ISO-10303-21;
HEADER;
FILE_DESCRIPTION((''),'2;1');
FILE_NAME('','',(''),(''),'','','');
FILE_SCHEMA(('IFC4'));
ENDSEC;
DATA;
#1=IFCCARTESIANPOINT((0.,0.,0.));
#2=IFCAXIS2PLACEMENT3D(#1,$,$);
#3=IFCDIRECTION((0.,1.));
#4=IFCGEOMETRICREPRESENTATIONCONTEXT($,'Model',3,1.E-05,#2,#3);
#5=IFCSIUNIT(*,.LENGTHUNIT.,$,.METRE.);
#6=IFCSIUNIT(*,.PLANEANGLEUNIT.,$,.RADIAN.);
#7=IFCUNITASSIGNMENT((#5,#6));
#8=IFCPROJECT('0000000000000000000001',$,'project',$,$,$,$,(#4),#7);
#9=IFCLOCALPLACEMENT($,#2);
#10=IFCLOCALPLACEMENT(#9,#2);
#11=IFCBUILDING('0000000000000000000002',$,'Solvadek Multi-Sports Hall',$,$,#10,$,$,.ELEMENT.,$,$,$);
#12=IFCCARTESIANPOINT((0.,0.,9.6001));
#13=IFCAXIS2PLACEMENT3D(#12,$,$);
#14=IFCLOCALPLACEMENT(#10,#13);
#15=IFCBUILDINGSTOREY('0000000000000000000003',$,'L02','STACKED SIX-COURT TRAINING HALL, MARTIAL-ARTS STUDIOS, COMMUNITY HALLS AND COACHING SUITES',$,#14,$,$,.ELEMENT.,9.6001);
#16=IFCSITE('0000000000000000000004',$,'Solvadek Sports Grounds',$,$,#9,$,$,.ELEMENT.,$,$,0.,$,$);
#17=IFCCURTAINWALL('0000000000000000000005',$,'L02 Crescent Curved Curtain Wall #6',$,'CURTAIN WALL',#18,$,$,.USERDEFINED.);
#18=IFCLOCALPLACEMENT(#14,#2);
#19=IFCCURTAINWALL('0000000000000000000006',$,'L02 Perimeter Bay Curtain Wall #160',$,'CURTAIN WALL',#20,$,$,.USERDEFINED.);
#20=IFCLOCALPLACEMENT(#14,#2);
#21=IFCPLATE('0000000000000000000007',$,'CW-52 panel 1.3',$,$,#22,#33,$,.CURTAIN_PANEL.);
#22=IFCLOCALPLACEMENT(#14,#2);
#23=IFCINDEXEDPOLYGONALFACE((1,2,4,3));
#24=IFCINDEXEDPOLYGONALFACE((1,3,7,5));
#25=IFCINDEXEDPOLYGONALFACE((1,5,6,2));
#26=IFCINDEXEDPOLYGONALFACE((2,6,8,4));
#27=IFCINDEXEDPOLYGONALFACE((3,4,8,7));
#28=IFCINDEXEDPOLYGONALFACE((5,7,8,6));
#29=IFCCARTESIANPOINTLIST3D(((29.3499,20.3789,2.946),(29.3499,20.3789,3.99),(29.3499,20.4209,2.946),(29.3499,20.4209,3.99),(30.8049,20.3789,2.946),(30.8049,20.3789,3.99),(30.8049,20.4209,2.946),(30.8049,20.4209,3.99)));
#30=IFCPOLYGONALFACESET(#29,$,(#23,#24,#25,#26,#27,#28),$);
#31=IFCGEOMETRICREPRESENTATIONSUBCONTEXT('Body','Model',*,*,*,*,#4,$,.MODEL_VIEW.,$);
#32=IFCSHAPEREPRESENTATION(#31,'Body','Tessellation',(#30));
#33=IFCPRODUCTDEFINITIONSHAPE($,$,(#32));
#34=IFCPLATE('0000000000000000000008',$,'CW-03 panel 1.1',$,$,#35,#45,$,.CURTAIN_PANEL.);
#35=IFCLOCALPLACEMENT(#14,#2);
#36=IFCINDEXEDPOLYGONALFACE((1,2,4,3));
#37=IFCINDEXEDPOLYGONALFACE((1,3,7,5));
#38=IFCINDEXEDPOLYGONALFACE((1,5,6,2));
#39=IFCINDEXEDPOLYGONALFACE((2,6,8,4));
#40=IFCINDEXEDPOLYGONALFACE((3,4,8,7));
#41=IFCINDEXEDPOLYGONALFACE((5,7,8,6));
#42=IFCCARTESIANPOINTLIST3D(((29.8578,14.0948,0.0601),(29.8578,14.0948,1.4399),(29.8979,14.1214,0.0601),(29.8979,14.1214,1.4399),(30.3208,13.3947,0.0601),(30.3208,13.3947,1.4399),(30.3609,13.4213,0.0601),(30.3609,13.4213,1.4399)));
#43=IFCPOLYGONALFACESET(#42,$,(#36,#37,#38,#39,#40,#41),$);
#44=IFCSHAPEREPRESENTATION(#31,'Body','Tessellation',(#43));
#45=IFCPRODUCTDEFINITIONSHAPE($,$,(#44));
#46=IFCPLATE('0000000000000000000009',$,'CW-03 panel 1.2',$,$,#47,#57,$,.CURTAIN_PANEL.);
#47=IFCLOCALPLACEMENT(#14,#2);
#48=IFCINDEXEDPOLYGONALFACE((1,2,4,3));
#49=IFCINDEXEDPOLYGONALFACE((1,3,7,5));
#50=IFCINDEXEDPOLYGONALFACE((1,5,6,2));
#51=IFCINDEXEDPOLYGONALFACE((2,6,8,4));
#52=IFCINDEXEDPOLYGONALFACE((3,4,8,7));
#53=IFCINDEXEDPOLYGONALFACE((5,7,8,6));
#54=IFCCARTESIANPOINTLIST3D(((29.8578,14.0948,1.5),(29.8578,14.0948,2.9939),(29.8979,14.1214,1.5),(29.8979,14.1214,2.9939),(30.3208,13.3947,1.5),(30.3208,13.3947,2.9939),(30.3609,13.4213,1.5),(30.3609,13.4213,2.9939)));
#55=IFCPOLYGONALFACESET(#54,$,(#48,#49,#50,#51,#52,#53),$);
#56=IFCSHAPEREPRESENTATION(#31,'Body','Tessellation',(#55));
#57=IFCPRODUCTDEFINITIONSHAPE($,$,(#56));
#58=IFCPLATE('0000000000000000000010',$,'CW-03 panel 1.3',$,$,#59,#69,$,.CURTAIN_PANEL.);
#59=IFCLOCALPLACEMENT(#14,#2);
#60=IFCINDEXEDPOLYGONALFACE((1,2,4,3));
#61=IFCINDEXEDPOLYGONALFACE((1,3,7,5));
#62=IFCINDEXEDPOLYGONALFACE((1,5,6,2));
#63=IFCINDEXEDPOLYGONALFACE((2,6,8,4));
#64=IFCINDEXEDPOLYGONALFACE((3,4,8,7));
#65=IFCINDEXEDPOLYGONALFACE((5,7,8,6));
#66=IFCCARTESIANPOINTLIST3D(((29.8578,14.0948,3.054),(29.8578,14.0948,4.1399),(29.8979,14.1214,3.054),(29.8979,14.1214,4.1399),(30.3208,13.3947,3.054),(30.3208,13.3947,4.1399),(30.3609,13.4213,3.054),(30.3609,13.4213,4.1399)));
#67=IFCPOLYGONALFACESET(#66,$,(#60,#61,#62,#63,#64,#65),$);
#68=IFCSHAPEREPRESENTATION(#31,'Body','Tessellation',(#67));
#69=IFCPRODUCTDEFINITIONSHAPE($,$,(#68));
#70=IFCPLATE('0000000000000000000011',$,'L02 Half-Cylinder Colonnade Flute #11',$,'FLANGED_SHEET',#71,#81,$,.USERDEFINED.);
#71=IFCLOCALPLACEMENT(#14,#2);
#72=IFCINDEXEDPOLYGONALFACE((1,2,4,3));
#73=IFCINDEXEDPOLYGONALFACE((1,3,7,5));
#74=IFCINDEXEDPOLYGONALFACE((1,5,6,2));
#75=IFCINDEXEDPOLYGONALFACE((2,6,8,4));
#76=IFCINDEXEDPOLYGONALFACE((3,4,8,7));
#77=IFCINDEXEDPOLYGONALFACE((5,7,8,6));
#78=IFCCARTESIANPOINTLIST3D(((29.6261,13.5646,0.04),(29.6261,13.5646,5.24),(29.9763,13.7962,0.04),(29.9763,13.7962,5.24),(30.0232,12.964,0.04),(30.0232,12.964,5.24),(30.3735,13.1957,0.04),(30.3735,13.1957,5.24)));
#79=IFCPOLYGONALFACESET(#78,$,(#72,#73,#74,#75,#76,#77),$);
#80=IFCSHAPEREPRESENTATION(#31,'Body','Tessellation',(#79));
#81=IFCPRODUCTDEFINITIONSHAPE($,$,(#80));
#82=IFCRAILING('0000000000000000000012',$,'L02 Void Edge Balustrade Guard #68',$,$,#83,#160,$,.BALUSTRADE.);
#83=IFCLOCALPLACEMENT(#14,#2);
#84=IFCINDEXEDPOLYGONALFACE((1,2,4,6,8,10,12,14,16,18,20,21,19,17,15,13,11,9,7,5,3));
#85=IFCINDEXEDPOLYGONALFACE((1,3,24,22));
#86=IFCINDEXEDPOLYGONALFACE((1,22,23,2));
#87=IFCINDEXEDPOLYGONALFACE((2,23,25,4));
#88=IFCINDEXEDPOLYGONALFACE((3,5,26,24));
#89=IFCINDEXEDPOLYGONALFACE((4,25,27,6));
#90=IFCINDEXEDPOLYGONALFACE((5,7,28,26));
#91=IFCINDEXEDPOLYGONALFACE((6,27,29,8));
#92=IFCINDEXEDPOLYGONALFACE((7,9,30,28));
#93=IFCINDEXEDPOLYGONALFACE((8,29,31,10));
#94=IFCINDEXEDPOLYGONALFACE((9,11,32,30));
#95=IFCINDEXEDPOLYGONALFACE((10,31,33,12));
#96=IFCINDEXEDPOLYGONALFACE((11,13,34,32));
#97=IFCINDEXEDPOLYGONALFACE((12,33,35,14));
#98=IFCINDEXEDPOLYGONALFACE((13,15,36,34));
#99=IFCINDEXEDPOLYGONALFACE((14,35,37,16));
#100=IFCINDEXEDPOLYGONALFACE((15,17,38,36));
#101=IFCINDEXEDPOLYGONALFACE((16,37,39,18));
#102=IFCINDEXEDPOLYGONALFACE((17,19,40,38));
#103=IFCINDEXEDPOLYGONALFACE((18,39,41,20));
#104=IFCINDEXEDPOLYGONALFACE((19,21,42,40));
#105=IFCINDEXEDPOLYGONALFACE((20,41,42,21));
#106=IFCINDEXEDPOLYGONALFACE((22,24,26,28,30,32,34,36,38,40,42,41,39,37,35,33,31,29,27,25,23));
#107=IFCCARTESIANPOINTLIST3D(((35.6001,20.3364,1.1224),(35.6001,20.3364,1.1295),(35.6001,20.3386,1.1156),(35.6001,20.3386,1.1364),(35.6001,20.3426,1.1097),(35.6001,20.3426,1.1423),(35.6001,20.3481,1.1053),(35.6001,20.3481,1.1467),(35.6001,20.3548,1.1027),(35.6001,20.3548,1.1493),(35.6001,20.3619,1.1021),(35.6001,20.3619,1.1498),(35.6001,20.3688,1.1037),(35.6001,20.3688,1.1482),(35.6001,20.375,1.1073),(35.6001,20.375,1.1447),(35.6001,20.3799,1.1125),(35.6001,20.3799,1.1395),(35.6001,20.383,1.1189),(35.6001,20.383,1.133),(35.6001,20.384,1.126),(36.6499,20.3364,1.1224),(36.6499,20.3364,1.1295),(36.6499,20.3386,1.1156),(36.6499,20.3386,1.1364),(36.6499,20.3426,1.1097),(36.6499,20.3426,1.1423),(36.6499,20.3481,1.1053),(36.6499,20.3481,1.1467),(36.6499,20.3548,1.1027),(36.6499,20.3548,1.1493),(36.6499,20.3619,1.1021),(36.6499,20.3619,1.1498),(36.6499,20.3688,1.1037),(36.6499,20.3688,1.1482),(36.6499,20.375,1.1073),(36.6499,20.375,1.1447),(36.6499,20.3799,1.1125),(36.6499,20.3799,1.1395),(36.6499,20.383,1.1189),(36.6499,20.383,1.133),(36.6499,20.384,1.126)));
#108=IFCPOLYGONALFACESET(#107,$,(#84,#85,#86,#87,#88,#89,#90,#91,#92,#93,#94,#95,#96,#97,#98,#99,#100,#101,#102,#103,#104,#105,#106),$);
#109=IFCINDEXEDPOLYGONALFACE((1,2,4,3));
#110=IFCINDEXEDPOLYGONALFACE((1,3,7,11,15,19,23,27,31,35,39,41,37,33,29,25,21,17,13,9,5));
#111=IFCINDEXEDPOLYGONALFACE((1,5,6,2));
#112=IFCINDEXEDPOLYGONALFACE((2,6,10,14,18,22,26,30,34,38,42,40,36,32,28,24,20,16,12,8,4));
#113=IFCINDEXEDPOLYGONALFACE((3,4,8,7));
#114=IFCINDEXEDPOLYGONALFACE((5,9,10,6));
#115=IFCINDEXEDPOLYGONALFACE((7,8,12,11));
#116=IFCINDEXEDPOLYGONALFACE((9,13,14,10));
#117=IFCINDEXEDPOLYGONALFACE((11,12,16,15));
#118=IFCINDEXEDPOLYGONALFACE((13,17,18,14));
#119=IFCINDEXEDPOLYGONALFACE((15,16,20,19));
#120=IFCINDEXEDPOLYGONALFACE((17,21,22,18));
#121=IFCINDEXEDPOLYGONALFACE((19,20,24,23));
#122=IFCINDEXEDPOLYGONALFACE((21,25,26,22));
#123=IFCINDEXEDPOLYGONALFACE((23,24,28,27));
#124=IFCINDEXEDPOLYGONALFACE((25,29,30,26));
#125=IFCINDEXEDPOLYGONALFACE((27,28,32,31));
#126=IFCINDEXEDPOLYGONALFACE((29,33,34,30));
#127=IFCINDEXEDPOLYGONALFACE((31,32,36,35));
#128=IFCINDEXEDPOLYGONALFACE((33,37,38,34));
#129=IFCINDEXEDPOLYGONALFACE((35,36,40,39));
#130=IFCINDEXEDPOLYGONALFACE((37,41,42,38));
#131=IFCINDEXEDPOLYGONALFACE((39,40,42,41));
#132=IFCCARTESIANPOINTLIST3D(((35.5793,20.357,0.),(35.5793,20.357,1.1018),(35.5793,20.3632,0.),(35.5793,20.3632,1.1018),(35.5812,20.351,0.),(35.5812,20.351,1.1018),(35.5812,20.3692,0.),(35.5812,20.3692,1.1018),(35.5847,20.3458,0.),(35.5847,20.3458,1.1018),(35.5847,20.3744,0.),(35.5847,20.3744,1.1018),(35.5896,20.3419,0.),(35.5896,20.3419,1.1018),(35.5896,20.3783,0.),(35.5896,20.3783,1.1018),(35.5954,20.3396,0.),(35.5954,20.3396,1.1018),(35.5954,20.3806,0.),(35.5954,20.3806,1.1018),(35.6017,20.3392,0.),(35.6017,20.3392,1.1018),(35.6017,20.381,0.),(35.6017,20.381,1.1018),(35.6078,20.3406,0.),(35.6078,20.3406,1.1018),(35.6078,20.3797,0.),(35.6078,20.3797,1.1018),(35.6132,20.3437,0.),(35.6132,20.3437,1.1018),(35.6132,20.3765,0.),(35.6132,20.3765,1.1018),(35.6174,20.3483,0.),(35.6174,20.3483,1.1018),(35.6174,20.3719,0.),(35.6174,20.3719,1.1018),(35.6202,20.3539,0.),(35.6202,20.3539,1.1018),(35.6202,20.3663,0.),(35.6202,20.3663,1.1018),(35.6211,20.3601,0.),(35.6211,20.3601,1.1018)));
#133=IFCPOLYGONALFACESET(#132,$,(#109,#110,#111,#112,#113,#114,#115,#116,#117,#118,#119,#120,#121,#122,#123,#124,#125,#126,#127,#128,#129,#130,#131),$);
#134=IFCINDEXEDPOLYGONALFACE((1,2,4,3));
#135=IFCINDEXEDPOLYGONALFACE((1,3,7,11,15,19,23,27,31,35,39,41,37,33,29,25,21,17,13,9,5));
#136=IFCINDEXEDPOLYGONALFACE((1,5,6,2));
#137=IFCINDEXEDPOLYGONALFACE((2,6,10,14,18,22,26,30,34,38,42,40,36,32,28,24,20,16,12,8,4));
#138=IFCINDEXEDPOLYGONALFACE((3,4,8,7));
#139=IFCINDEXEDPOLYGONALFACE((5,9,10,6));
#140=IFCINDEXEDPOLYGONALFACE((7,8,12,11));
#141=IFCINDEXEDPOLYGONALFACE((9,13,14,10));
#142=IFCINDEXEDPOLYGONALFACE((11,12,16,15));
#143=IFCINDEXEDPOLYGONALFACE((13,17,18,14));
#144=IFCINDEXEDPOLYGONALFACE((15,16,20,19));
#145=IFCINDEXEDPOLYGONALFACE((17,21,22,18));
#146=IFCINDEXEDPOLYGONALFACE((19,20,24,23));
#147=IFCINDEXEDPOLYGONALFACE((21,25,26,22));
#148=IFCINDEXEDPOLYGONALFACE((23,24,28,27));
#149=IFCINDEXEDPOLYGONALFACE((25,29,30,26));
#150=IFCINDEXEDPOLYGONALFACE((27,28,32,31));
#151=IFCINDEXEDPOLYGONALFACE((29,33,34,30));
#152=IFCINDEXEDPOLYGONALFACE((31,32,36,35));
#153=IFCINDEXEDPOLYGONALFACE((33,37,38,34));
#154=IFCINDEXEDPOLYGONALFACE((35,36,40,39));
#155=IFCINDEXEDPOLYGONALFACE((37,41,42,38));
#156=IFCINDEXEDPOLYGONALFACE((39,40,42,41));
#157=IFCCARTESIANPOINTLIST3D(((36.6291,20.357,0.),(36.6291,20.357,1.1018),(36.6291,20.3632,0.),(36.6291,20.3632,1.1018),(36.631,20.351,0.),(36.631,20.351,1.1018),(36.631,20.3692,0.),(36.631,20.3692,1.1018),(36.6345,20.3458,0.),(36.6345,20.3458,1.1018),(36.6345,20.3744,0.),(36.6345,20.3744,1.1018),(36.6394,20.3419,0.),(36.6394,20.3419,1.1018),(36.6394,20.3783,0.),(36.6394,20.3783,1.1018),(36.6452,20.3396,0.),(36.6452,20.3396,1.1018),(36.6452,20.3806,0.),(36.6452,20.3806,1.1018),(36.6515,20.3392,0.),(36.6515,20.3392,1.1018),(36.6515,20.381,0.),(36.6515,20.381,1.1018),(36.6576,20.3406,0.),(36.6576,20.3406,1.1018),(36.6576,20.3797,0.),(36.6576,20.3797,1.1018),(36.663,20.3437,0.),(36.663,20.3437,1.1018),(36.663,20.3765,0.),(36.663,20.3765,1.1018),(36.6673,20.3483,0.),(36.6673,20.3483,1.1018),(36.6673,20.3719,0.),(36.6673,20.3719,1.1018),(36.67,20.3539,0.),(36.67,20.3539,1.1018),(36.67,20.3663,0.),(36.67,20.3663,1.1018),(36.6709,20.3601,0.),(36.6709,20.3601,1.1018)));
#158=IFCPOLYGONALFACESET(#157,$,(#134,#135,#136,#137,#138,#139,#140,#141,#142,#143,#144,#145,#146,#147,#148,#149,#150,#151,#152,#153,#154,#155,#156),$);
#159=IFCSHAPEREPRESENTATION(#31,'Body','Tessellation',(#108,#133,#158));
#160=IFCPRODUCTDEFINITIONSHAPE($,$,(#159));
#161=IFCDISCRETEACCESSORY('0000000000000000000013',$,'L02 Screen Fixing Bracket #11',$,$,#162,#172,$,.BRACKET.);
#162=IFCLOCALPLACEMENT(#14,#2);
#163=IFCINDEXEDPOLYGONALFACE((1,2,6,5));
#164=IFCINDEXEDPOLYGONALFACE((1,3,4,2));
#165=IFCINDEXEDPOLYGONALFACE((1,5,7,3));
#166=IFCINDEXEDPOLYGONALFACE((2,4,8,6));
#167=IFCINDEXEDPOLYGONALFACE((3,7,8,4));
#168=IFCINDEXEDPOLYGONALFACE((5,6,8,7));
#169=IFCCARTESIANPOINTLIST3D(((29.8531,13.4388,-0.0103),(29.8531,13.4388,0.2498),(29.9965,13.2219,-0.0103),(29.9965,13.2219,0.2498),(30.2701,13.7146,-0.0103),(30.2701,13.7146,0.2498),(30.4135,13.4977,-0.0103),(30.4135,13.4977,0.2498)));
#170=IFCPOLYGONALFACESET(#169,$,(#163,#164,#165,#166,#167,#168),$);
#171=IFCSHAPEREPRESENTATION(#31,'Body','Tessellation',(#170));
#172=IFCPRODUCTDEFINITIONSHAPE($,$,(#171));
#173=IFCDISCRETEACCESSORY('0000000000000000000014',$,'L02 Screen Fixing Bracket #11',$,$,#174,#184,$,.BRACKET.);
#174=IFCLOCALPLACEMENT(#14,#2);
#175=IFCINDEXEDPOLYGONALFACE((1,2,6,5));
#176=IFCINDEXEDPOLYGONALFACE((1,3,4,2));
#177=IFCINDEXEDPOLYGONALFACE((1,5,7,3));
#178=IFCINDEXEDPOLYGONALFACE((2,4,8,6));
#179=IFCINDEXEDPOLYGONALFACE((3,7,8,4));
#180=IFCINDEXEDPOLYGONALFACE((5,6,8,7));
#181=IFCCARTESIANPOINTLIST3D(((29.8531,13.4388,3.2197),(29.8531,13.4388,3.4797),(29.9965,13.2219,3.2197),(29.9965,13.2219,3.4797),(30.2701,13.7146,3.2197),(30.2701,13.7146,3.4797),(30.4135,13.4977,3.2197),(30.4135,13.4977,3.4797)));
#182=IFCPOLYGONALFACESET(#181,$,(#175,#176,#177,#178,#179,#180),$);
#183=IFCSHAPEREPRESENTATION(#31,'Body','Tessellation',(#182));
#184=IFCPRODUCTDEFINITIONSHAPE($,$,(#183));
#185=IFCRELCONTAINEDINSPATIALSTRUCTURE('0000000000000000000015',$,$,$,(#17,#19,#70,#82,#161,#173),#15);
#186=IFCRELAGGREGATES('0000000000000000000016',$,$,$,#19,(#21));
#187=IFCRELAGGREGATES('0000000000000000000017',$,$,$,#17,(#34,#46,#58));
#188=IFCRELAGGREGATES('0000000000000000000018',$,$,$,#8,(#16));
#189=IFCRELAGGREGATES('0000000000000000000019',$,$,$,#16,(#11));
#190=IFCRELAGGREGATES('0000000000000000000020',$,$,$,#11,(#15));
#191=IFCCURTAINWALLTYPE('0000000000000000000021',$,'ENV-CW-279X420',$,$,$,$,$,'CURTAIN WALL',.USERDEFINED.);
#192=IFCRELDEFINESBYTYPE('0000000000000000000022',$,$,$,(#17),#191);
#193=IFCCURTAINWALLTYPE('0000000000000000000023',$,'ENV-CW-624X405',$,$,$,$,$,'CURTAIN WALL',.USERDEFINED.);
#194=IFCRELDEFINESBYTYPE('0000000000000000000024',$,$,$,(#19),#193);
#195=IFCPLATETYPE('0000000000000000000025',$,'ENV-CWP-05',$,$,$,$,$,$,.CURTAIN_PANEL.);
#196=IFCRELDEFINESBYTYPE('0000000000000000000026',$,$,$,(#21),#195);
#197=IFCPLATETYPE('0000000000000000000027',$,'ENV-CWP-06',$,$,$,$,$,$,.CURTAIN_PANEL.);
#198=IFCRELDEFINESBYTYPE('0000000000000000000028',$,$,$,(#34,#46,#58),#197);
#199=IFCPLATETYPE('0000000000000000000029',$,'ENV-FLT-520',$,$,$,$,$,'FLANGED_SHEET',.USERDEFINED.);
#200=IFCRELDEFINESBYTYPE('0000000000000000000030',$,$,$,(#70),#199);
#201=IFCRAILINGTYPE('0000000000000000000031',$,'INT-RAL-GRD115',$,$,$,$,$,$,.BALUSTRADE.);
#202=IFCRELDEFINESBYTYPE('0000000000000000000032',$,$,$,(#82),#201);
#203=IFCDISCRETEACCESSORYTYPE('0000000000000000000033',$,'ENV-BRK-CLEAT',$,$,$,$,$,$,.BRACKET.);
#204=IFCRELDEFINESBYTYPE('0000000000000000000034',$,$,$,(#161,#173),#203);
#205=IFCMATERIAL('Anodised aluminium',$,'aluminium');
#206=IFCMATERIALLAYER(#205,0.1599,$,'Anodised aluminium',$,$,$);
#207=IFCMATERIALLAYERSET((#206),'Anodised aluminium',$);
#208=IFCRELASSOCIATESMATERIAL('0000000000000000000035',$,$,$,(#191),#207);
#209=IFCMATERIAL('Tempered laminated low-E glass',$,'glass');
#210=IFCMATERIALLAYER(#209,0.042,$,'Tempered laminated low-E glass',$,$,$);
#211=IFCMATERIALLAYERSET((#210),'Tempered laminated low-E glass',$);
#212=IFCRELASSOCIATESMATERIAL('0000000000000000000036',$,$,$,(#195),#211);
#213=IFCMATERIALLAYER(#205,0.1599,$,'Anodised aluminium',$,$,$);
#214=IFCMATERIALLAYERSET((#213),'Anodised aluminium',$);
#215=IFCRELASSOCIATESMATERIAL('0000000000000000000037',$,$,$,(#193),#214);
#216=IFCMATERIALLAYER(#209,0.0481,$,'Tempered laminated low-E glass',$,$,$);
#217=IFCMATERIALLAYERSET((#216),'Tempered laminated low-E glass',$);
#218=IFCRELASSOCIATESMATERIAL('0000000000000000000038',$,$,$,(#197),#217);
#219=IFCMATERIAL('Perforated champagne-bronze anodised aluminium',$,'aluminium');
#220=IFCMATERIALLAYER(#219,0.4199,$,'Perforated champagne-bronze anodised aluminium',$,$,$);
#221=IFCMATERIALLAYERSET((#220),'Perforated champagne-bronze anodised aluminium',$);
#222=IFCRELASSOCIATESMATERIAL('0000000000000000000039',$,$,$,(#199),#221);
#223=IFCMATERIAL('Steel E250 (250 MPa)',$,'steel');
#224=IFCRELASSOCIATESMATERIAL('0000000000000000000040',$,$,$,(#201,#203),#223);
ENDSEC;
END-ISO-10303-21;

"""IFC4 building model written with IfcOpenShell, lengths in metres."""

from ifc_helpers import new_model, si_unit, direction, frame, origin, origin_2d, place, context, subcontext, project, spatial, rectangle, circle, extrude, material, layer, layer_set, type_object, element, aggregate, save


model = new_model("IFC4")

# Units and contexts
model_context = context("Model", 3, precision=1e-05, world=origin(), true_north=direction((0.0, 1.0)))
body_context = subcontext(model_context, "Body", "Model", "MODEL_VIEW")
ifc_project = project(units=[si_unit("LENGTHUNIT", "METRE"), si_unit("PLANEANGLEUNIT", "RADIAN")], contexts=[model_context])

# Site, building, storey
site_placement = place(None, origin())
site = spatial("IfcSite", under=ifc_project, at=site_placement, Name="Solvadek Sports Grounds", CompositionType="ELEMENT", RefElevation=0.0)
building_placement = place(site_placement, origin())
building = spatial("IfcBuilding", under=site, at=building_placement, Name="Solvadek Multi-Sports Hall", CompositionType="ELEMENT")
storey_placement = place(building_placement, frame((0.0, 0.0, 9.6001)))
storey = spatial("IfcBuildingStorey", under=building, at=storey_placement, Name="L02", Description="STACKED SIX-COURT TRAINING HALL, MARTIAL-ARTS STUDIOS, COMMUNITY HALLS AND COACHING SUITES", CompositionType="ELEMENT", Elevation=9.6001)

# Curtain wall
ifc_material_1 = material(Name="Anodised aluminium", Category="aluminium")
ifc_layer_1 = layer(ifc_material_1, 0.1599, Name="Anodised aluminium")
ifc_layer_set_1 = layer_set([ifc_layer_1], Name="Anodised aluminium")
curtain_wall_type_1 = type_object("IfcCurtainWallType", Name="ENV-CW-279X420", ElementType="CURTAIN WALL", PredefinedType="USERDEFINED", material=ifc_layer_set_1)
curtain_wall_1_placement = place(storey_placement, origin())
curtain_wall_1 = element("IfcCurtainWall", 1, at=curtain_wall_1_placement, inside=storey, type_object=curtain_wall_type_1, Name="L02 Crescent Curved Curtain Wall #6", ObjectType="CURTAIN WALL", PredefinedType="USERDEFINED")

# Shared definitions
ifc_material_2 = material(Name="Tempered laminated low-E glass", Category="glass")
ifc_layer_2 = layer(ifc_material_2, 0.042, Name="Tempered laminated low-E glass")
ifc_layer_set_2 = layer_set([ifc_layer_2], Name="Tempered laminated low-E glass")
plate_type_1 = type_object("IfcPlateType", Name="ENV-CWP-05", PredefinedType="CURTAIN_PANEL", material=ifc_layer_set_2)

# Curtain wall, plate
ifc_layer_3 = layer(ifc_material_1, 0.1599, Name="Anodised aluminium")
ifc_layer_set_3 = layer_set([ifc_layer_3], Name="Anodised aluminium")
curtain_wall_type_2 = type_object("IfcCurtainWallType", Name="ENV-CW-624X405", ElementType="CURTAIN WALL", PredefinedType="USERDEFINED", material=ifc_layer_set_3)
curtain_wall_2_placement = place(storey_placement, origin())
curtain_wall_2 = element("IfcCurtainWall", 2, at=curtain_wall_2_placement, inside=storey, type_object=curtain_wall_type_2, Name="L02 Perimeter Bay Curtain Wall #160", ObjectType="CURTAIN WALL", PredefinedType="USERDEFINED")
plate_1_placement = place(storey_placement, frame((30.0774, 20.3999, 2.946), z_axis=(0.0, 0.0, 1.0), x_axis=(1.0, 0.0, 0.0)))
plate_1 = element("IfcPlate", 3, at=plate_1_placement, type_object=plate_type_1, Name="CW-52 panel 1.3", PredefinedType="CURTAIN_PANEL", context=body_context, shape_type="SweptSolid", body=[
    extrude(rectangle(XDim=1.4551, YDim=0.042, at=origin_2d()), origin(), (0.0, 0.0, 1.0), 1.0439),
])
aggregate(curtain_wall_2, [plate_1])

# Plates
ifc_layer_4 = layer(ifc_material_2, 0.0481, Name="Tempered laminated low-E glass")
ifc_layer_set_4 = layer_set([ifc_layer_4], Name="Tempered laminated low-E glass")
plate_type_2 = type_object("IfcPlateType", Name="ENV-CWP-06", PredefinedType="CURTAIN_PANEL", material=ifc_layer_set_4)
plate_2_placement = place(storey_placement, frame((30.1094, 13.7581, 0.0601), z_axis=(0.0, 0.0, 1.0), x_axis=(0.551617, -0.834097, 0.0)))
plate_2 = element("IfcPlate", 4, at=plate_2_placement, type_object=plate_type_2, Name="CW-03 panel 1.1", PredefinedType="CURTAIN_PANEL", context=body_context, shape_type="SweptSolid", body=[
    extrude(rectangle(XDim=0.8394, YDim=0.0481, at=origin_2d()), origin(), (0.0, 0.0, 1.0), 1.3799),
])
plate_3_placement = place(storey_placement, frame((30.1094, 13.7581, 1.5), z_axis=(0.0, 0.0, 1.0), x_axis=(0.551617, -0.834097, 0.0)))
plate_3 = element("IfcPlate", 5, at=plate_3_placement, type_object=plate_type_2, Name="CW-03 panel 1.2", PredefinedType="CURTAIN_PANEL", context=body_context, shape_type="SweptSolid", body=[
    extrude(rectangle(XDim=0.8394, YDim=0.0481, at=origin_2d()), origin(), (0.0, 0.0, 1.0), 1.4939),
])
plate_4_placement = place(storey_placement, frame((30.1094, 13.7581, 3.054), z_axis=(0.0, 0.0, 1.0), x_axis=(0.551617, -0.834097, 0.0)))
plate_4 = element("IfcPlate", 6, at=plate_4_placement, type_object=plate_type_2, Name="CW-03 panel 1.3", PredefinedType="CURTAIN_PANEL", context=body_context, shape_type="SweptSolid", body=[
    extrude(rectangle(XDim=0.8394, YDim=0.0481, at=origin_2d()), origin(), (0.0, 0.0, 1.0), 1.0859),
])
aggregate(curtain_wall_1, [plate_2, plate_3, plate_4])
ifc_material_3 = material(Name="Perforated champagne-bronze anodised aluminium", Category="aluminium")
ifc_layer_5 = layer(ifc_material_3, 0.4199, Name="Perforated champagne-bronze anodised aluminium")
ifc_layer_set_5 = layer_set([ifc_layer_5], Name="Perforated champagne-bronze anodised aluminium")
plate_type_3 = type_object("IfcPlateType", Name="ENV-FLT-520", ElementType="FLANGED_SHEET", PredefinedType="USERDEFINED", material=ifc_layer_set_5)
plate_5_placement = place(storey_placement, frame((29.9998, 13.3801, 0.04), z_axis=(0.0, 0.0, 1.0), x_axis=(0.55161, -0.834102, 0.0)))
element("IfcPlate", 7, at=plate_5_placement, inside=storey, type_object=plate_type_3, Name="L02 Half-Cylinder Colonnade Flute #11", ObjectType="FLANGED_SHEET", PredefinedType="USERDEFINED", context=body_context, shape_type="SweptSolid", body=[
    extrude(rectangle(XDim=0.72, YDim=0.4199, at=origin_2d()), origin(), (0.0, 0.0, 1.0), 5.2),
])

# Railing
ifc_material_4 = material(Name="Steel E250 (250 MPa)", Category="steel")
railing_type = type_object("IfcRailingType", Name="INT-RAL-GRD115", PredefinedType="BALUSTRADE", material=ifc_material_4)
railing_placement = place(storey_placement, frame((35.6001, 20.3601, 0.0)))
element("IfcRailing", 8, at=railing_placement, inside=storey, type_object=railing_type, Name="L02 Void Edge Balustrade Guard #68", PredefinedType="BALUSTRADE", context=body_context, shape_type="SweptSolid", body=[
    extrude(circle(Radius=0.0239, at=origin_2d()), frame((0.0, 0.0, 1.126), z_axis=(1.0, 0.0, 0.0), x_axis=(0.0, 1.0, 0.0)), (0.0, 0.0, 1.0), 1.0498),
    extrude(circle(Radius=0.021, at=origin_2d()), origin(), (0.0, 0.0, 1.0), 1.1018),
    extrude(circle(Radius=0.021, at=origin_2d()), frame((1.0498, 0.0, 0.0)), (0.0, 0.0, 1.0), 1.1018),
])

# Discrete accessories
discrete_accessory_type = type_object("IfcDiscreteAccessoryType", Name="ENV-BRK-CLEAT", PredefinedType="BRACKET", material=ifc_material_4)
for number, where, z_axis, x_axis, name in (
    (9, (30.1333, 13.4683, -0.0103), (0.0, 0.0, 1.0), (0.55161, -0.834102, 0.0), "L02 Screen Fixing Bracket #11"),
    (10, (30.1333, 13.4683, 3.2197), (0.0, 0.0, 1.0), (0.55161, -0.834102, 0.0), "L02 Screen Fixing Bracket #11"),
):
    element("IfcDiscreteAccessory", number, at=place(storey_placement, frame(where, z_axis=z_axis, x_axis=x_axis)), inside=storey, type_object=discrete_accessory_type, Name=name, PredefinedType="BRACKET", context=body_context, shape_type="SweptSolid", body=[
        extrude(rectangle(XDim=0.26, YDim=0.5, at=origin_2d()), origin(), (0.0, 0.0, 1.0), 0.26),
    ])

save(model, "model.ifc")
